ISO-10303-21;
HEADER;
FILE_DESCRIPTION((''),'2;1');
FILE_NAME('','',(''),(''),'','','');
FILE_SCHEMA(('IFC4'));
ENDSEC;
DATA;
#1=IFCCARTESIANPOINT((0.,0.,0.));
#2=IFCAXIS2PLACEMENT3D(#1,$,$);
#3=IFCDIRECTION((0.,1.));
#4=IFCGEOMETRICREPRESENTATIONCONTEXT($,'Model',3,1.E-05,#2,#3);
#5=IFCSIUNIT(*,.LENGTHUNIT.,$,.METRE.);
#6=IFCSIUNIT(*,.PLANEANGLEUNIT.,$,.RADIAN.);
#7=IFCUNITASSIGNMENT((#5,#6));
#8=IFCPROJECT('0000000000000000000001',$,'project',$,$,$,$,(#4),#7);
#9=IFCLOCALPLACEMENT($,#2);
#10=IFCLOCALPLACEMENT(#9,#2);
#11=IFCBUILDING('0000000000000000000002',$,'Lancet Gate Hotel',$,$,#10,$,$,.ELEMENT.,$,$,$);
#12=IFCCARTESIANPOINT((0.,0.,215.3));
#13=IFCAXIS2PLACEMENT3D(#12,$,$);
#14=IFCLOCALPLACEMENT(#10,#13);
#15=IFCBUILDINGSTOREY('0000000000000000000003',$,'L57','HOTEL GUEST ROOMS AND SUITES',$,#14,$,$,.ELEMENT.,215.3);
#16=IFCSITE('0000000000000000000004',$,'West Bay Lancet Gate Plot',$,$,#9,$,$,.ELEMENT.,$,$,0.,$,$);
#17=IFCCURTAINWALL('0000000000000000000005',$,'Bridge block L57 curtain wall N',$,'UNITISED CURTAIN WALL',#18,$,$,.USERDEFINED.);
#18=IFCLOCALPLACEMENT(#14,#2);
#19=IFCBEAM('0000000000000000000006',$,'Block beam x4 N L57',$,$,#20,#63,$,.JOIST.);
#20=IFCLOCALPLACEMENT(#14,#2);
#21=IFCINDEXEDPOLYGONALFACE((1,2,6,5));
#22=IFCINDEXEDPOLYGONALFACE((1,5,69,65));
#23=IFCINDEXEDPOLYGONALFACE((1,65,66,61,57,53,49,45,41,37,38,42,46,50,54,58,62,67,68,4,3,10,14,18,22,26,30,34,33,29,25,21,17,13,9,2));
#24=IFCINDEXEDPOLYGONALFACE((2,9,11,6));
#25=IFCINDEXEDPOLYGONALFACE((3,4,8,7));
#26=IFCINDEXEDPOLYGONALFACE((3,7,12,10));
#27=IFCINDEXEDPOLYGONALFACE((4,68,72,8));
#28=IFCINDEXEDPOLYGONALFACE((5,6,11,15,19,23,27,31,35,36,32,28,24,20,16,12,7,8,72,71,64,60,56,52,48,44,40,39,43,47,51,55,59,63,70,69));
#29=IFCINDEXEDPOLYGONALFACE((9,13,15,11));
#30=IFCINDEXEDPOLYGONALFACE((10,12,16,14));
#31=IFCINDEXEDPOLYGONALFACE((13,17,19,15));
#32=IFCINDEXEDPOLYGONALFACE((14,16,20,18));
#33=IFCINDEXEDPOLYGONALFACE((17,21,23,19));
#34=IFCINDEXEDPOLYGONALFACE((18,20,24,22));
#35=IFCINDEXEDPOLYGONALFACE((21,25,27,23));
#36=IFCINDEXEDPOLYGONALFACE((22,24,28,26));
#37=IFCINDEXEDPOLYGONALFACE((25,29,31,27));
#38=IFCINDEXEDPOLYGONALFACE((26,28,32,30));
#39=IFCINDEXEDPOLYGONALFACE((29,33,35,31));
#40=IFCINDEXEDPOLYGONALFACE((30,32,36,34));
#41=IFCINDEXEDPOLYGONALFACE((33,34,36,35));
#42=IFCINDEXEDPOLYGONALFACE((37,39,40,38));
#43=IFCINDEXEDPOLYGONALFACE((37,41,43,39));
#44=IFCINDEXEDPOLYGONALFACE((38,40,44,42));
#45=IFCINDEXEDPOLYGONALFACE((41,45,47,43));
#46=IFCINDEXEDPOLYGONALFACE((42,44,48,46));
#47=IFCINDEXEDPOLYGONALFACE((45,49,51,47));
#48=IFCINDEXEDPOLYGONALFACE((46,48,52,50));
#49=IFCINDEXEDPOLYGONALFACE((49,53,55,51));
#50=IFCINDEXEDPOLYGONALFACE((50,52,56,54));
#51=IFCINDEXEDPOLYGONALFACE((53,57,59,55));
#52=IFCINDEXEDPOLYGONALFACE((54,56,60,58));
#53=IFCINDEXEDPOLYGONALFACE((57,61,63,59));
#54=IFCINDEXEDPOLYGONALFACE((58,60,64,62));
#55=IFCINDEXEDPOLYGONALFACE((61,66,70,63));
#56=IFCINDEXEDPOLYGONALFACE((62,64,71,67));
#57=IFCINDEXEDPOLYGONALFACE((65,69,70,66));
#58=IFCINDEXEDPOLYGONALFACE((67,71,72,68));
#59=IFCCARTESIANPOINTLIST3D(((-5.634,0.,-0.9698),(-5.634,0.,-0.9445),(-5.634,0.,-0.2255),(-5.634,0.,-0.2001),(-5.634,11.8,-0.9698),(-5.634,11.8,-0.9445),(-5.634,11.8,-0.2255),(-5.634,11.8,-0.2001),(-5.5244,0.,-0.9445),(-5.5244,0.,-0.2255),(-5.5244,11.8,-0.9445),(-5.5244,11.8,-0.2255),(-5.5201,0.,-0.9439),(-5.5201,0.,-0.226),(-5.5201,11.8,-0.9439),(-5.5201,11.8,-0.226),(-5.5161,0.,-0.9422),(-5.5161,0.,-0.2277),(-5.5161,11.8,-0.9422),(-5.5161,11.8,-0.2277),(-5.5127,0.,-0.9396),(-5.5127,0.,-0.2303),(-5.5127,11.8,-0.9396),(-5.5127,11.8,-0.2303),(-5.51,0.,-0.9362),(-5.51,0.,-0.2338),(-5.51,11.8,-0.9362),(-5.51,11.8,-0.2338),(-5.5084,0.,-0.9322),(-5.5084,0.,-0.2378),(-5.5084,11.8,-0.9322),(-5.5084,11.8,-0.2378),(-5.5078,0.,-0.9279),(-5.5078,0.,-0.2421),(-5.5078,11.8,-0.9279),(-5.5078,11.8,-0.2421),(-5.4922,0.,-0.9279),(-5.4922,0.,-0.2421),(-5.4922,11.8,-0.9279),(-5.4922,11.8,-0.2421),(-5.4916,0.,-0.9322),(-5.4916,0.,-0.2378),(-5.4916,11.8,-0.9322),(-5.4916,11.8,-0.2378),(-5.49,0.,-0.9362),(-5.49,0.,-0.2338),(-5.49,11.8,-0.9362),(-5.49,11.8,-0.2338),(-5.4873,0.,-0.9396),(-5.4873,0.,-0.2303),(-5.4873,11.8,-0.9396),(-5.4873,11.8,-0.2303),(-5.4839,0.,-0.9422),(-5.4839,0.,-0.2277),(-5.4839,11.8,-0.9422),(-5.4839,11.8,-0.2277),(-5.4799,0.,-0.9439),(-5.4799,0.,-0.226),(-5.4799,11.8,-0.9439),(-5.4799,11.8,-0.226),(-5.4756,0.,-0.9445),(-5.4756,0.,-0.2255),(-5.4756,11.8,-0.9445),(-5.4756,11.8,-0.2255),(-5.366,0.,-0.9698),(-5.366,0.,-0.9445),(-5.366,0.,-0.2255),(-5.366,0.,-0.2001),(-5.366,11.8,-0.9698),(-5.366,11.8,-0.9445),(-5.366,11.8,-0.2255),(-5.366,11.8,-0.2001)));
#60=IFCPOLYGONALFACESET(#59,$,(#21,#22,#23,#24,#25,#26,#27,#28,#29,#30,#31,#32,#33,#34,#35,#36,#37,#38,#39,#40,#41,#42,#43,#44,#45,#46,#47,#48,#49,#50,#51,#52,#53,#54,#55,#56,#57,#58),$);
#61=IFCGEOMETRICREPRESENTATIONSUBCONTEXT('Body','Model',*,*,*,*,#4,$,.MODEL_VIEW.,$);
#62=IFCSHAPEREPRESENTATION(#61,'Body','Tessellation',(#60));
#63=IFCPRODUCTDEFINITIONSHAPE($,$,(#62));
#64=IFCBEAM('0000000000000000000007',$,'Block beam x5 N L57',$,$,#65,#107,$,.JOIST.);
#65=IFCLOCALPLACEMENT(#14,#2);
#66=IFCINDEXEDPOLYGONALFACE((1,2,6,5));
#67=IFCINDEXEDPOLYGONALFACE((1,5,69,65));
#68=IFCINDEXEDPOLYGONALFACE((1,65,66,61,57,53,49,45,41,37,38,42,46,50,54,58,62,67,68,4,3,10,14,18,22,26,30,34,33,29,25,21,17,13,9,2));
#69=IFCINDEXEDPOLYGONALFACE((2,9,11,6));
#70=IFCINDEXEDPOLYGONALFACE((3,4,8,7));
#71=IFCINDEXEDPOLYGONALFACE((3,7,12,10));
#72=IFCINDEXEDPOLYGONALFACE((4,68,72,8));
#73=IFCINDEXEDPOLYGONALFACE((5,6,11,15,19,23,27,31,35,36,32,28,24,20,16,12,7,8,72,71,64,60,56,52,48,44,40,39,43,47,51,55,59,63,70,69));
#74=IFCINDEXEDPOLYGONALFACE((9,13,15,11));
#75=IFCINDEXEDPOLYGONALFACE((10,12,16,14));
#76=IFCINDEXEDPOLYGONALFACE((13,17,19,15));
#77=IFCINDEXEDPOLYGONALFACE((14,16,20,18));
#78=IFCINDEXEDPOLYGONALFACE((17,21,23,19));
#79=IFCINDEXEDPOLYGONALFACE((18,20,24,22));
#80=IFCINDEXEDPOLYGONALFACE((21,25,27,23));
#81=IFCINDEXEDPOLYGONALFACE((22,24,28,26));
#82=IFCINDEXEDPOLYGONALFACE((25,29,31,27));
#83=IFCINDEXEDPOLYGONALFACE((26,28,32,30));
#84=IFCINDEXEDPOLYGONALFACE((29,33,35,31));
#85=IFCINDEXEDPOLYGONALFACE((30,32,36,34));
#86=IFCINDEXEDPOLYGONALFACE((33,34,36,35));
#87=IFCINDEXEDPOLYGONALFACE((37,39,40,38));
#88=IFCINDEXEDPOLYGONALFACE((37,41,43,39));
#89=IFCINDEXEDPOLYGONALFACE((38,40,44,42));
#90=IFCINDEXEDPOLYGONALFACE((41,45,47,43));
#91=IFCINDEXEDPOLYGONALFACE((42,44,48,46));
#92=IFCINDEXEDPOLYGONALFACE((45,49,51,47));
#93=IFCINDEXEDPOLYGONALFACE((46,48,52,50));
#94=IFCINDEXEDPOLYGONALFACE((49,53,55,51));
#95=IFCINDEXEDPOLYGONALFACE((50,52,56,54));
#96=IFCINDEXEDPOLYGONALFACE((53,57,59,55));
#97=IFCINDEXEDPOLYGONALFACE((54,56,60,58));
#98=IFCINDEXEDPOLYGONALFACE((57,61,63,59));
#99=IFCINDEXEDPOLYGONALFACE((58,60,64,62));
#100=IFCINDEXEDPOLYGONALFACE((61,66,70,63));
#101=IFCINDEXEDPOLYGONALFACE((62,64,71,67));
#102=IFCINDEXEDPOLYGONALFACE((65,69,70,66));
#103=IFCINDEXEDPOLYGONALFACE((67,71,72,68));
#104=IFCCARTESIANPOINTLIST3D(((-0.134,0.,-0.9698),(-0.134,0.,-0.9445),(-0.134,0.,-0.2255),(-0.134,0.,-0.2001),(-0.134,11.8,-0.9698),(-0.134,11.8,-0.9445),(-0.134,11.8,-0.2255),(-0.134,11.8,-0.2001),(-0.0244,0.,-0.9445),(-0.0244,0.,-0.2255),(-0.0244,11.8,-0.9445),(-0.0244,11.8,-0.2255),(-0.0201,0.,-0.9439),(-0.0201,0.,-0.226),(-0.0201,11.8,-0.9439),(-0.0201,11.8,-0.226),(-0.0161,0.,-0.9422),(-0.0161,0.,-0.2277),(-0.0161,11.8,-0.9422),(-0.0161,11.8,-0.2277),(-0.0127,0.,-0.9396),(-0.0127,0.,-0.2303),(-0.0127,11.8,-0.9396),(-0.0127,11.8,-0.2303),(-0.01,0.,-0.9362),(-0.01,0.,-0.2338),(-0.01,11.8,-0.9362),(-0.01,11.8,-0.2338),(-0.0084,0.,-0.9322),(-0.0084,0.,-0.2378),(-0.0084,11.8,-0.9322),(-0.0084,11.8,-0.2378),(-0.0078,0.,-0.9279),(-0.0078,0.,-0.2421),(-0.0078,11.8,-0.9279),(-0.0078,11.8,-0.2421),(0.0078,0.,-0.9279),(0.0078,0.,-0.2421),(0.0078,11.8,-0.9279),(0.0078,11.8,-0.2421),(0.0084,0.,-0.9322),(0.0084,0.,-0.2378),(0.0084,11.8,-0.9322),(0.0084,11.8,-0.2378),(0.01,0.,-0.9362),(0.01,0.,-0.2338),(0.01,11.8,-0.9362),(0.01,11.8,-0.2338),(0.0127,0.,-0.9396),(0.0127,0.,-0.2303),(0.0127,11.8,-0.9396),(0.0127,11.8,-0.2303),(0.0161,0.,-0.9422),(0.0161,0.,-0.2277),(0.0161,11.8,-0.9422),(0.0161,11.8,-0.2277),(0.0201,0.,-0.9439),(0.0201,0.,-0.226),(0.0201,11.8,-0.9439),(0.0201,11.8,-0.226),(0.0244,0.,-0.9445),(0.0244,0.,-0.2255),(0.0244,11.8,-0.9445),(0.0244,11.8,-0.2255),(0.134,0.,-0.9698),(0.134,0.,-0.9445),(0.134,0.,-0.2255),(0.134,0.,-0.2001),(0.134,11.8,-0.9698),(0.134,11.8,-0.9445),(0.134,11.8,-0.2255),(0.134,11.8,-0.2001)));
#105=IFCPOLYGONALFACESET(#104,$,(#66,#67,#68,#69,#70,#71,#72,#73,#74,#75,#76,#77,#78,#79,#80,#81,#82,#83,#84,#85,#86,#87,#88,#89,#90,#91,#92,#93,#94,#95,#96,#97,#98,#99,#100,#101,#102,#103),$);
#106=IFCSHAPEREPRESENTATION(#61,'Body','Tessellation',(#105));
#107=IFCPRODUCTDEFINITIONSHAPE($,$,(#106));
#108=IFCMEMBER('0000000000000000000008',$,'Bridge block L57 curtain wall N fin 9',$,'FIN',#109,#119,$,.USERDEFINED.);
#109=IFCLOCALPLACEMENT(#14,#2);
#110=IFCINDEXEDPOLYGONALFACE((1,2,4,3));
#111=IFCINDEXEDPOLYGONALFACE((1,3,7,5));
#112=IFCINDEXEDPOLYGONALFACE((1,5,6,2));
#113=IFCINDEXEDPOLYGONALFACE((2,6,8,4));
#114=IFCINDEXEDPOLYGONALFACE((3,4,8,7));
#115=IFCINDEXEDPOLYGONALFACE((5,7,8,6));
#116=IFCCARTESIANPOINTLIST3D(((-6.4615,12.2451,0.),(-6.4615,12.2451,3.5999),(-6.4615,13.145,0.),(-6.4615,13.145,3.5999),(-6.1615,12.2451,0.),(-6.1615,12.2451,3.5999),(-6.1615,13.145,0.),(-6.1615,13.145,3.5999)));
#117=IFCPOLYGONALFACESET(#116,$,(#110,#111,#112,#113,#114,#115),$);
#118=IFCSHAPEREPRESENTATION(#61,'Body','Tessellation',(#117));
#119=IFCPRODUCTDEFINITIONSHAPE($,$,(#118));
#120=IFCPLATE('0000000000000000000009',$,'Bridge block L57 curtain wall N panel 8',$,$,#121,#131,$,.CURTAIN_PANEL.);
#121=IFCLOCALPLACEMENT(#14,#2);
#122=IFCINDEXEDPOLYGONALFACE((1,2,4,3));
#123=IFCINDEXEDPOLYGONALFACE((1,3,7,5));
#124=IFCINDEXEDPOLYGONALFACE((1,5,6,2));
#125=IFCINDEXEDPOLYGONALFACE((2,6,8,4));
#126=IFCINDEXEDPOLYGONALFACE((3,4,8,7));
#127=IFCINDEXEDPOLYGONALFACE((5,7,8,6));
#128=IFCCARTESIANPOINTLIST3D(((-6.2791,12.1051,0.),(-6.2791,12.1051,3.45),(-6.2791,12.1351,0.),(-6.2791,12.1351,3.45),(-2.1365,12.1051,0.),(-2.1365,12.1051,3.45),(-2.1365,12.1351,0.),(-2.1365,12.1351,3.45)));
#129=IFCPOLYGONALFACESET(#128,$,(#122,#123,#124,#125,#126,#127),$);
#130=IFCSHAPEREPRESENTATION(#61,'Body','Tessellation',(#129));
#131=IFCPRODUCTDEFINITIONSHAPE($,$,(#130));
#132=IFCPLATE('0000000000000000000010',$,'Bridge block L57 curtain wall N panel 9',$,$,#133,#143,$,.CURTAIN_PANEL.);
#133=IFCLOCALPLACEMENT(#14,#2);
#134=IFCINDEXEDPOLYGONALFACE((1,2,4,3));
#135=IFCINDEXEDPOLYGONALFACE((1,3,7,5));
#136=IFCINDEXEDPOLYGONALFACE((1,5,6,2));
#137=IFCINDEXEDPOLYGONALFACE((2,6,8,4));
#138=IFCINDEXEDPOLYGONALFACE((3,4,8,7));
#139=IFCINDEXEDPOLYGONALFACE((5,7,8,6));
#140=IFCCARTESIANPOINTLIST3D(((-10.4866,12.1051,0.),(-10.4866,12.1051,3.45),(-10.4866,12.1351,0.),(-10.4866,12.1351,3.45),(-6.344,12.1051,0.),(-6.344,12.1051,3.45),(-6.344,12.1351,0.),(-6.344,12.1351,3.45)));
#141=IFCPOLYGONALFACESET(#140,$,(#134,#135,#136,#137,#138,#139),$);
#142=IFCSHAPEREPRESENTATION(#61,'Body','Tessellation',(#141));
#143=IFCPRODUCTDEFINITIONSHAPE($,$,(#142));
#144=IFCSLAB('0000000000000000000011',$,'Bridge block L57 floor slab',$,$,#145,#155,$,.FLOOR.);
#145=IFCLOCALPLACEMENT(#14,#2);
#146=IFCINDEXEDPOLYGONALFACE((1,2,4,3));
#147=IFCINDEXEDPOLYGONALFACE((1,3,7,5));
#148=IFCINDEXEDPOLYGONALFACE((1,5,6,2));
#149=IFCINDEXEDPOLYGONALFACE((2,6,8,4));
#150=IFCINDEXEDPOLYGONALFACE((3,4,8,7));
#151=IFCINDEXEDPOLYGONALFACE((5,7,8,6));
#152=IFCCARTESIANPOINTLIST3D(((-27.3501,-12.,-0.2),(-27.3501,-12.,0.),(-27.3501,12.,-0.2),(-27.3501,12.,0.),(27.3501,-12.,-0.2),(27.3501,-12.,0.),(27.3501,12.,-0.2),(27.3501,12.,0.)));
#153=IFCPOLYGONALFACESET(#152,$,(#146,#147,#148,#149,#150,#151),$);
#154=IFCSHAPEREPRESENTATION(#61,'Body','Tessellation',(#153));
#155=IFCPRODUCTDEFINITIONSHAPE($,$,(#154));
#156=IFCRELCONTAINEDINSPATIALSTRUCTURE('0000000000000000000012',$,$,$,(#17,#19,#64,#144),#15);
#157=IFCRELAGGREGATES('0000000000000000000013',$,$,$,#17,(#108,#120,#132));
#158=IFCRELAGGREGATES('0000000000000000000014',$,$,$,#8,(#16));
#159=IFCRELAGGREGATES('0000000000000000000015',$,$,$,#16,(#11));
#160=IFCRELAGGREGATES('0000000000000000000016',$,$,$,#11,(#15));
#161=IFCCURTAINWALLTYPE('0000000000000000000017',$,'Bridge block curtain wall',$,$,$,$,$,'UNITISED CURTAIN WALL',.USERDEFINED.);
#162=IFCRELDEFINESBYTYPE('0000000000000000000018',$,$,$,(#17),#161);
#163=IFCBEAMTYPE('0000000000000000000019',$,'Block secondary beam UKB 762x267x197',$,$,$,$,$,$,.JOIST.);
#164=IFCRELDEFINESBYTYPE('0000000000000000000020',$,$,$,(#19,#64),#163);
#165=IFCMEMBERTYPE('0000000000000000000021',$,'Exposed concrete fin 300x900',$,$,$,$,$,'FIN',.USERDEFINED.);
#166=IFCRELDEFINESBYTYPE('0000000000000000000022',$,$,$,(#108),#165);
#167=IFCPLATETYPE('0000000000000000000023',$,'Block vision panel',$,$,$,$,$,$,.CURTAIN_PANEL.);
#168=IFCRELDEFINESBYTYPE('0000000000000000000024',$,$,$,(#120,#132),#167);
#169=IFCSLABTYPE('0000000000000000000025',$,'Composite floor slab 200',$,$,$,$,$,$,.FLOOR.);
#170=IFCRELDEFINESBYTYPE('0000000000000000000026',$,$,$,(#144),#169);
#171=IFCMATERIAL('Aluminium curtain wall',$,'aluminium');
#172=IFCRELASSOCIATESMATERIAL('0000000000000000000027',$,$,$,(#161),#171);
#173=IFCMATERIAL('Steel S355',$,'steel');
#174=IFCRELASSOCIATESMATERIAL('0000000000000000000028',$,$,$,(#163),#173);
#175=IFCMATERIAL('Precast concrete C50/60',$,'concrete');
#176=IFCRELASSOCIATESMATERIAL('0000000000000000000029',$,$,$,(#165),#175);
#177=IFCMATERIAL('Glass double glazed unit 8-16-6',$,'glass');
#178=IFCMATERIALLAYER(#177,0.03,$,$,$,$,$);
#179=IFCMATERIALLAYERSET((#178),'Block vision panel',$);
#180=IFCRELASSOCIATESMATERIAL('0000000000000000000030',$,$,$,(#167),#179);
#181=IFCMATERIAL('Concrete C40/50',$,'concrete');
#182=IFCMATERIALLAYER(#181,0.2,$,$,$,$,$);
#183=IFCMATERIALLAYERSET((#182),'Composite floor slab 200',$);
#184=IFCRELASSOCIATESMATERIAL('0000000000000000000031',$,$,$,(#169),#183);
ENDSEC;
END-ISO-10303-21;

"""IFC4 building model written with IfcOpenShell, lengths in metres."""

from ifc_helpers import new_model, si_unit, direction, frame, origin, origin_2d, place, context, subcontext, project, spatial, polyline, rectangle, i_section, outline, extrude, material, layer, layer_set, material_profile, profile_set, type_object, element, aggregate, save


model = new_model("IFC4")

# Units and contexts
model_context = context("Model", 3, precision=1e-05, world=origin(), true_north=direction((0.0, 1.0)))
body_context = subcontext(model_context, "Body", "Model", "MODEL_VIEW")
ifc_project = project(units=[si_unit("LENGTHUNIT", "METRE"), si_unit("PLANEANGLEUNIT", "RADIAN")], contexts=[model_context])

# Site, building, storey
site_placement = place(None, origin())
site = spatial("IfcSite", under=ifc_project, at=site_placement, Name="West Bay Lancet Gate Plot", CompositionType="ELEMENT", RefElevation=0.0)
building_placement = place(site_placement, origin())
building = spatial("IfcBuilding", under=site, at=building_placement, Name="Lancet Gate Hotel", CompositionType="ELEMENT")
storey_placement = place(building_placement, frame((0.0, 0.0, 215.3)))
storey = spatial("IfcBuildingStorey", under=building, at=storey_placement, Name="L57", Description="HOTEL GUEST ROOMS AND SUITES", CompositionType="ELEMENT", Elevation=215.3)

# Curtain wall
ifc_material_1 = material(Name="Aluminium curtain wall", Category="aluminium")
curtain_wall_type = type_object("IfcCurtainWallType", Name="Bridge block curtain wall", ElementType="UNITISED CURTAIN WALL", PredefinedType="USERDEFINED", material=ifc_material_1)
curtain_wall_placement = place(storey_placement, origin())
curtain_wall = element("IfcCurtainWall", 1, at=curtain_wall_placement, inside=storey, type_object=curtain_wall_type, Name="Bridge block L57 curtain wall N", ObjectType="UNITISED CURTAIN WALL", PredefinedType="USERDEFINED")

# Beams
ifc_material_2 = material(Name="Steel S355", Category="steel")
ifc_material_profile_1 = material_profile(ifc_material_2, i_section(OverallWidth=0.2681, OverallDepth=0.7698, WebThickness=0.0156, FlangeThickness=0.0254, FilletRadius=0.0166, at=origin_2d()), Name="UKB 762x267x197")
ifc_profile_set_1 = profile_set([ifc_material_profile_1], Name="Steel S355")
beam_type_1 = type_object("IfcBeamType", Name="Block secondary beam UKB 762x267x197", PredefinedType="JOIST", material=ifc_profile_set_1)
for number, where, z_axis, x_axis, name in (
    (2, (-5.5, 0.0, -0.585), (0.0, 1.0, 0.0), (-1.0, 0.0, 0.0), "Block beam x4 N L57"),
    (3, (0.0, 0.0, -0.585), (0.0, 1.0, 0.0), (-1.0, 0.0, 0.0), "Block beam x5 N L57"),
):
    element("IfcBeam", number, at=place(storey_placement, frame(where, z_axis=z_axis, x_axis=x_axis)), inside=storey, type_object=beam_type_1, Name=name, PredefinedType="JOIST", context=body_context, shape_type="SweptSolid", body=[
        extrude(i_section(OverallWidth=0.2681, OverallDepth=0.7698, WebThickness=0.0156, FlangeThickness=0.0254, FilletRadius=0.0166, at=origin_2d()), origin(), (0.0, 0.0, 1.0), 11.8),
    ])

# Member
ifc_material_3 = material(Name="Precast concrete C50/60", Category="concrete")
ifc_material_profile_2 = material_profile(ifc_material_3, rectangle(XDim=0.3, YDim=0.8999, at=origin_2d()), Name="FIN 300x900")
ifc_profile_set_2 = profile_set([ifc_material_profile_2], Name="Precast concrete C50/60")
member_type_1 = type_object("IfcMemberType", Name="Exposed concrete fin 300x900", ElementType="FIN", PredefinedType="USERDEFINED", material=ifc_profile_set_2)
member_1_placement = place(storey_placement, frame((-6.3115, 12.6951, 0.0), z_axis=(0.0, 0.0, 1.0), x_axis=(-1.0, 0.0, 0.0)))
member_1 = element("IfcMember", 4, at=member_1_placement, type_object=member_type_1, Name="Bridge block L57 curtain wall N fin 9", ObjectType="FIN", PredefinedType="USERDEFINED", context=body_context, shape_type="SweptSolid", body=[
    extrude(rectangle(XDim=0.3, YDim=0.8999, at=origin_2d()), origin(), (0.0, 0.0, 1.0), 3.5999),
])

# Plates
ifc_material_4 = material(Name="Glass double glazed unit 8-16-6", Category="glass")
ifc_layer_1 = layer(ifc_material_4, 0.03)
ifc_layer_set_1 = layer_set([ifc_layer_1], Name="Block vision panel")
plate_type = type_object("IfcPlateType", Name="Block vision panel", PredefinedType="CURTAIN_PANEL", material=ifc_layer_set_1)
plate_1_placement = place(storey_placement, frame((-4.2078, 12.1201, 0.0), z_axis=(0.0, 0.0, 1.0), x_axis=(-1.0, 0.0, 0.0)))
plate_1 = element("IfcPlate", 5, at=plate_1_placement, type_object=plate_type, Name="Bridge block L57 curtain wall N panel 8", PredefinedType="CURTAIN_PANEL", context=body_context, shape_type="SweptSolid", body=[
    extrude(rectangle(XDim=4.1426, YDim=0.03, at=origin_2d()), origin(), (0.0, 0.0, 1.0), 3.45),
])
plate_2_placement = place(storey_placement, frame((-8.4153, 12.1201, 0.0), z_axis=(0.0, 0.0, 1.0), x_axis=(-1.0, 0.0, 0.0)))
plate_2 = element("IfcPlate", 6, at=plate_2_placement, type_object=plate_type, Name="Bridge block L57 curtain wall N panel 9", PredefinedType="CURTAIN_PANEL", context=body_context, shape_type="SweptSolid", body=[
    extrude(rectangle(XDim=4.1426, YDim=0.03, at=origin_2d()), origin(), (0.0, 0.0, 1.0), 3.45),
])
aggregate(curtain_wall, [member_1, plate_1, plate_2])

# Slab
ifc_material_5 = material(Name="Concrete C40/50", Category="concrete")
ifc_layer_2 = layer(ifc_material_5, 0.2)
ifc_layer_set_2 = layer_set([ifc_layer_2], Name="Composite floor slab 200")
slab_type_1 = type_object("IfcSlabType", Name="Composite floor slab 200", PredefinedType="FLOOR", material=ifc_layer_set_2)
slab_1_placement = place(storey_placement, frame((0.0, 0.0, -0.2)))
element("IfcSlab", 7, at=slab_1_placement, inside=storey, type_object=slab_type_1, Name="Bridge block L57 floor slab", PredefinedType="FLOOR", context=body_context, shape_type="SweptSolid", body=[
    extrude(outline(polyline([(27.3501, -12.0), (27.3501, 12.0), (-27.3501, 12.0), (-27.3501, -12.0), (27.3501, -12.0)])), origin(), (0.0, 0.0, 1.0), 0.2),
])

save(model, "model.ifc")
